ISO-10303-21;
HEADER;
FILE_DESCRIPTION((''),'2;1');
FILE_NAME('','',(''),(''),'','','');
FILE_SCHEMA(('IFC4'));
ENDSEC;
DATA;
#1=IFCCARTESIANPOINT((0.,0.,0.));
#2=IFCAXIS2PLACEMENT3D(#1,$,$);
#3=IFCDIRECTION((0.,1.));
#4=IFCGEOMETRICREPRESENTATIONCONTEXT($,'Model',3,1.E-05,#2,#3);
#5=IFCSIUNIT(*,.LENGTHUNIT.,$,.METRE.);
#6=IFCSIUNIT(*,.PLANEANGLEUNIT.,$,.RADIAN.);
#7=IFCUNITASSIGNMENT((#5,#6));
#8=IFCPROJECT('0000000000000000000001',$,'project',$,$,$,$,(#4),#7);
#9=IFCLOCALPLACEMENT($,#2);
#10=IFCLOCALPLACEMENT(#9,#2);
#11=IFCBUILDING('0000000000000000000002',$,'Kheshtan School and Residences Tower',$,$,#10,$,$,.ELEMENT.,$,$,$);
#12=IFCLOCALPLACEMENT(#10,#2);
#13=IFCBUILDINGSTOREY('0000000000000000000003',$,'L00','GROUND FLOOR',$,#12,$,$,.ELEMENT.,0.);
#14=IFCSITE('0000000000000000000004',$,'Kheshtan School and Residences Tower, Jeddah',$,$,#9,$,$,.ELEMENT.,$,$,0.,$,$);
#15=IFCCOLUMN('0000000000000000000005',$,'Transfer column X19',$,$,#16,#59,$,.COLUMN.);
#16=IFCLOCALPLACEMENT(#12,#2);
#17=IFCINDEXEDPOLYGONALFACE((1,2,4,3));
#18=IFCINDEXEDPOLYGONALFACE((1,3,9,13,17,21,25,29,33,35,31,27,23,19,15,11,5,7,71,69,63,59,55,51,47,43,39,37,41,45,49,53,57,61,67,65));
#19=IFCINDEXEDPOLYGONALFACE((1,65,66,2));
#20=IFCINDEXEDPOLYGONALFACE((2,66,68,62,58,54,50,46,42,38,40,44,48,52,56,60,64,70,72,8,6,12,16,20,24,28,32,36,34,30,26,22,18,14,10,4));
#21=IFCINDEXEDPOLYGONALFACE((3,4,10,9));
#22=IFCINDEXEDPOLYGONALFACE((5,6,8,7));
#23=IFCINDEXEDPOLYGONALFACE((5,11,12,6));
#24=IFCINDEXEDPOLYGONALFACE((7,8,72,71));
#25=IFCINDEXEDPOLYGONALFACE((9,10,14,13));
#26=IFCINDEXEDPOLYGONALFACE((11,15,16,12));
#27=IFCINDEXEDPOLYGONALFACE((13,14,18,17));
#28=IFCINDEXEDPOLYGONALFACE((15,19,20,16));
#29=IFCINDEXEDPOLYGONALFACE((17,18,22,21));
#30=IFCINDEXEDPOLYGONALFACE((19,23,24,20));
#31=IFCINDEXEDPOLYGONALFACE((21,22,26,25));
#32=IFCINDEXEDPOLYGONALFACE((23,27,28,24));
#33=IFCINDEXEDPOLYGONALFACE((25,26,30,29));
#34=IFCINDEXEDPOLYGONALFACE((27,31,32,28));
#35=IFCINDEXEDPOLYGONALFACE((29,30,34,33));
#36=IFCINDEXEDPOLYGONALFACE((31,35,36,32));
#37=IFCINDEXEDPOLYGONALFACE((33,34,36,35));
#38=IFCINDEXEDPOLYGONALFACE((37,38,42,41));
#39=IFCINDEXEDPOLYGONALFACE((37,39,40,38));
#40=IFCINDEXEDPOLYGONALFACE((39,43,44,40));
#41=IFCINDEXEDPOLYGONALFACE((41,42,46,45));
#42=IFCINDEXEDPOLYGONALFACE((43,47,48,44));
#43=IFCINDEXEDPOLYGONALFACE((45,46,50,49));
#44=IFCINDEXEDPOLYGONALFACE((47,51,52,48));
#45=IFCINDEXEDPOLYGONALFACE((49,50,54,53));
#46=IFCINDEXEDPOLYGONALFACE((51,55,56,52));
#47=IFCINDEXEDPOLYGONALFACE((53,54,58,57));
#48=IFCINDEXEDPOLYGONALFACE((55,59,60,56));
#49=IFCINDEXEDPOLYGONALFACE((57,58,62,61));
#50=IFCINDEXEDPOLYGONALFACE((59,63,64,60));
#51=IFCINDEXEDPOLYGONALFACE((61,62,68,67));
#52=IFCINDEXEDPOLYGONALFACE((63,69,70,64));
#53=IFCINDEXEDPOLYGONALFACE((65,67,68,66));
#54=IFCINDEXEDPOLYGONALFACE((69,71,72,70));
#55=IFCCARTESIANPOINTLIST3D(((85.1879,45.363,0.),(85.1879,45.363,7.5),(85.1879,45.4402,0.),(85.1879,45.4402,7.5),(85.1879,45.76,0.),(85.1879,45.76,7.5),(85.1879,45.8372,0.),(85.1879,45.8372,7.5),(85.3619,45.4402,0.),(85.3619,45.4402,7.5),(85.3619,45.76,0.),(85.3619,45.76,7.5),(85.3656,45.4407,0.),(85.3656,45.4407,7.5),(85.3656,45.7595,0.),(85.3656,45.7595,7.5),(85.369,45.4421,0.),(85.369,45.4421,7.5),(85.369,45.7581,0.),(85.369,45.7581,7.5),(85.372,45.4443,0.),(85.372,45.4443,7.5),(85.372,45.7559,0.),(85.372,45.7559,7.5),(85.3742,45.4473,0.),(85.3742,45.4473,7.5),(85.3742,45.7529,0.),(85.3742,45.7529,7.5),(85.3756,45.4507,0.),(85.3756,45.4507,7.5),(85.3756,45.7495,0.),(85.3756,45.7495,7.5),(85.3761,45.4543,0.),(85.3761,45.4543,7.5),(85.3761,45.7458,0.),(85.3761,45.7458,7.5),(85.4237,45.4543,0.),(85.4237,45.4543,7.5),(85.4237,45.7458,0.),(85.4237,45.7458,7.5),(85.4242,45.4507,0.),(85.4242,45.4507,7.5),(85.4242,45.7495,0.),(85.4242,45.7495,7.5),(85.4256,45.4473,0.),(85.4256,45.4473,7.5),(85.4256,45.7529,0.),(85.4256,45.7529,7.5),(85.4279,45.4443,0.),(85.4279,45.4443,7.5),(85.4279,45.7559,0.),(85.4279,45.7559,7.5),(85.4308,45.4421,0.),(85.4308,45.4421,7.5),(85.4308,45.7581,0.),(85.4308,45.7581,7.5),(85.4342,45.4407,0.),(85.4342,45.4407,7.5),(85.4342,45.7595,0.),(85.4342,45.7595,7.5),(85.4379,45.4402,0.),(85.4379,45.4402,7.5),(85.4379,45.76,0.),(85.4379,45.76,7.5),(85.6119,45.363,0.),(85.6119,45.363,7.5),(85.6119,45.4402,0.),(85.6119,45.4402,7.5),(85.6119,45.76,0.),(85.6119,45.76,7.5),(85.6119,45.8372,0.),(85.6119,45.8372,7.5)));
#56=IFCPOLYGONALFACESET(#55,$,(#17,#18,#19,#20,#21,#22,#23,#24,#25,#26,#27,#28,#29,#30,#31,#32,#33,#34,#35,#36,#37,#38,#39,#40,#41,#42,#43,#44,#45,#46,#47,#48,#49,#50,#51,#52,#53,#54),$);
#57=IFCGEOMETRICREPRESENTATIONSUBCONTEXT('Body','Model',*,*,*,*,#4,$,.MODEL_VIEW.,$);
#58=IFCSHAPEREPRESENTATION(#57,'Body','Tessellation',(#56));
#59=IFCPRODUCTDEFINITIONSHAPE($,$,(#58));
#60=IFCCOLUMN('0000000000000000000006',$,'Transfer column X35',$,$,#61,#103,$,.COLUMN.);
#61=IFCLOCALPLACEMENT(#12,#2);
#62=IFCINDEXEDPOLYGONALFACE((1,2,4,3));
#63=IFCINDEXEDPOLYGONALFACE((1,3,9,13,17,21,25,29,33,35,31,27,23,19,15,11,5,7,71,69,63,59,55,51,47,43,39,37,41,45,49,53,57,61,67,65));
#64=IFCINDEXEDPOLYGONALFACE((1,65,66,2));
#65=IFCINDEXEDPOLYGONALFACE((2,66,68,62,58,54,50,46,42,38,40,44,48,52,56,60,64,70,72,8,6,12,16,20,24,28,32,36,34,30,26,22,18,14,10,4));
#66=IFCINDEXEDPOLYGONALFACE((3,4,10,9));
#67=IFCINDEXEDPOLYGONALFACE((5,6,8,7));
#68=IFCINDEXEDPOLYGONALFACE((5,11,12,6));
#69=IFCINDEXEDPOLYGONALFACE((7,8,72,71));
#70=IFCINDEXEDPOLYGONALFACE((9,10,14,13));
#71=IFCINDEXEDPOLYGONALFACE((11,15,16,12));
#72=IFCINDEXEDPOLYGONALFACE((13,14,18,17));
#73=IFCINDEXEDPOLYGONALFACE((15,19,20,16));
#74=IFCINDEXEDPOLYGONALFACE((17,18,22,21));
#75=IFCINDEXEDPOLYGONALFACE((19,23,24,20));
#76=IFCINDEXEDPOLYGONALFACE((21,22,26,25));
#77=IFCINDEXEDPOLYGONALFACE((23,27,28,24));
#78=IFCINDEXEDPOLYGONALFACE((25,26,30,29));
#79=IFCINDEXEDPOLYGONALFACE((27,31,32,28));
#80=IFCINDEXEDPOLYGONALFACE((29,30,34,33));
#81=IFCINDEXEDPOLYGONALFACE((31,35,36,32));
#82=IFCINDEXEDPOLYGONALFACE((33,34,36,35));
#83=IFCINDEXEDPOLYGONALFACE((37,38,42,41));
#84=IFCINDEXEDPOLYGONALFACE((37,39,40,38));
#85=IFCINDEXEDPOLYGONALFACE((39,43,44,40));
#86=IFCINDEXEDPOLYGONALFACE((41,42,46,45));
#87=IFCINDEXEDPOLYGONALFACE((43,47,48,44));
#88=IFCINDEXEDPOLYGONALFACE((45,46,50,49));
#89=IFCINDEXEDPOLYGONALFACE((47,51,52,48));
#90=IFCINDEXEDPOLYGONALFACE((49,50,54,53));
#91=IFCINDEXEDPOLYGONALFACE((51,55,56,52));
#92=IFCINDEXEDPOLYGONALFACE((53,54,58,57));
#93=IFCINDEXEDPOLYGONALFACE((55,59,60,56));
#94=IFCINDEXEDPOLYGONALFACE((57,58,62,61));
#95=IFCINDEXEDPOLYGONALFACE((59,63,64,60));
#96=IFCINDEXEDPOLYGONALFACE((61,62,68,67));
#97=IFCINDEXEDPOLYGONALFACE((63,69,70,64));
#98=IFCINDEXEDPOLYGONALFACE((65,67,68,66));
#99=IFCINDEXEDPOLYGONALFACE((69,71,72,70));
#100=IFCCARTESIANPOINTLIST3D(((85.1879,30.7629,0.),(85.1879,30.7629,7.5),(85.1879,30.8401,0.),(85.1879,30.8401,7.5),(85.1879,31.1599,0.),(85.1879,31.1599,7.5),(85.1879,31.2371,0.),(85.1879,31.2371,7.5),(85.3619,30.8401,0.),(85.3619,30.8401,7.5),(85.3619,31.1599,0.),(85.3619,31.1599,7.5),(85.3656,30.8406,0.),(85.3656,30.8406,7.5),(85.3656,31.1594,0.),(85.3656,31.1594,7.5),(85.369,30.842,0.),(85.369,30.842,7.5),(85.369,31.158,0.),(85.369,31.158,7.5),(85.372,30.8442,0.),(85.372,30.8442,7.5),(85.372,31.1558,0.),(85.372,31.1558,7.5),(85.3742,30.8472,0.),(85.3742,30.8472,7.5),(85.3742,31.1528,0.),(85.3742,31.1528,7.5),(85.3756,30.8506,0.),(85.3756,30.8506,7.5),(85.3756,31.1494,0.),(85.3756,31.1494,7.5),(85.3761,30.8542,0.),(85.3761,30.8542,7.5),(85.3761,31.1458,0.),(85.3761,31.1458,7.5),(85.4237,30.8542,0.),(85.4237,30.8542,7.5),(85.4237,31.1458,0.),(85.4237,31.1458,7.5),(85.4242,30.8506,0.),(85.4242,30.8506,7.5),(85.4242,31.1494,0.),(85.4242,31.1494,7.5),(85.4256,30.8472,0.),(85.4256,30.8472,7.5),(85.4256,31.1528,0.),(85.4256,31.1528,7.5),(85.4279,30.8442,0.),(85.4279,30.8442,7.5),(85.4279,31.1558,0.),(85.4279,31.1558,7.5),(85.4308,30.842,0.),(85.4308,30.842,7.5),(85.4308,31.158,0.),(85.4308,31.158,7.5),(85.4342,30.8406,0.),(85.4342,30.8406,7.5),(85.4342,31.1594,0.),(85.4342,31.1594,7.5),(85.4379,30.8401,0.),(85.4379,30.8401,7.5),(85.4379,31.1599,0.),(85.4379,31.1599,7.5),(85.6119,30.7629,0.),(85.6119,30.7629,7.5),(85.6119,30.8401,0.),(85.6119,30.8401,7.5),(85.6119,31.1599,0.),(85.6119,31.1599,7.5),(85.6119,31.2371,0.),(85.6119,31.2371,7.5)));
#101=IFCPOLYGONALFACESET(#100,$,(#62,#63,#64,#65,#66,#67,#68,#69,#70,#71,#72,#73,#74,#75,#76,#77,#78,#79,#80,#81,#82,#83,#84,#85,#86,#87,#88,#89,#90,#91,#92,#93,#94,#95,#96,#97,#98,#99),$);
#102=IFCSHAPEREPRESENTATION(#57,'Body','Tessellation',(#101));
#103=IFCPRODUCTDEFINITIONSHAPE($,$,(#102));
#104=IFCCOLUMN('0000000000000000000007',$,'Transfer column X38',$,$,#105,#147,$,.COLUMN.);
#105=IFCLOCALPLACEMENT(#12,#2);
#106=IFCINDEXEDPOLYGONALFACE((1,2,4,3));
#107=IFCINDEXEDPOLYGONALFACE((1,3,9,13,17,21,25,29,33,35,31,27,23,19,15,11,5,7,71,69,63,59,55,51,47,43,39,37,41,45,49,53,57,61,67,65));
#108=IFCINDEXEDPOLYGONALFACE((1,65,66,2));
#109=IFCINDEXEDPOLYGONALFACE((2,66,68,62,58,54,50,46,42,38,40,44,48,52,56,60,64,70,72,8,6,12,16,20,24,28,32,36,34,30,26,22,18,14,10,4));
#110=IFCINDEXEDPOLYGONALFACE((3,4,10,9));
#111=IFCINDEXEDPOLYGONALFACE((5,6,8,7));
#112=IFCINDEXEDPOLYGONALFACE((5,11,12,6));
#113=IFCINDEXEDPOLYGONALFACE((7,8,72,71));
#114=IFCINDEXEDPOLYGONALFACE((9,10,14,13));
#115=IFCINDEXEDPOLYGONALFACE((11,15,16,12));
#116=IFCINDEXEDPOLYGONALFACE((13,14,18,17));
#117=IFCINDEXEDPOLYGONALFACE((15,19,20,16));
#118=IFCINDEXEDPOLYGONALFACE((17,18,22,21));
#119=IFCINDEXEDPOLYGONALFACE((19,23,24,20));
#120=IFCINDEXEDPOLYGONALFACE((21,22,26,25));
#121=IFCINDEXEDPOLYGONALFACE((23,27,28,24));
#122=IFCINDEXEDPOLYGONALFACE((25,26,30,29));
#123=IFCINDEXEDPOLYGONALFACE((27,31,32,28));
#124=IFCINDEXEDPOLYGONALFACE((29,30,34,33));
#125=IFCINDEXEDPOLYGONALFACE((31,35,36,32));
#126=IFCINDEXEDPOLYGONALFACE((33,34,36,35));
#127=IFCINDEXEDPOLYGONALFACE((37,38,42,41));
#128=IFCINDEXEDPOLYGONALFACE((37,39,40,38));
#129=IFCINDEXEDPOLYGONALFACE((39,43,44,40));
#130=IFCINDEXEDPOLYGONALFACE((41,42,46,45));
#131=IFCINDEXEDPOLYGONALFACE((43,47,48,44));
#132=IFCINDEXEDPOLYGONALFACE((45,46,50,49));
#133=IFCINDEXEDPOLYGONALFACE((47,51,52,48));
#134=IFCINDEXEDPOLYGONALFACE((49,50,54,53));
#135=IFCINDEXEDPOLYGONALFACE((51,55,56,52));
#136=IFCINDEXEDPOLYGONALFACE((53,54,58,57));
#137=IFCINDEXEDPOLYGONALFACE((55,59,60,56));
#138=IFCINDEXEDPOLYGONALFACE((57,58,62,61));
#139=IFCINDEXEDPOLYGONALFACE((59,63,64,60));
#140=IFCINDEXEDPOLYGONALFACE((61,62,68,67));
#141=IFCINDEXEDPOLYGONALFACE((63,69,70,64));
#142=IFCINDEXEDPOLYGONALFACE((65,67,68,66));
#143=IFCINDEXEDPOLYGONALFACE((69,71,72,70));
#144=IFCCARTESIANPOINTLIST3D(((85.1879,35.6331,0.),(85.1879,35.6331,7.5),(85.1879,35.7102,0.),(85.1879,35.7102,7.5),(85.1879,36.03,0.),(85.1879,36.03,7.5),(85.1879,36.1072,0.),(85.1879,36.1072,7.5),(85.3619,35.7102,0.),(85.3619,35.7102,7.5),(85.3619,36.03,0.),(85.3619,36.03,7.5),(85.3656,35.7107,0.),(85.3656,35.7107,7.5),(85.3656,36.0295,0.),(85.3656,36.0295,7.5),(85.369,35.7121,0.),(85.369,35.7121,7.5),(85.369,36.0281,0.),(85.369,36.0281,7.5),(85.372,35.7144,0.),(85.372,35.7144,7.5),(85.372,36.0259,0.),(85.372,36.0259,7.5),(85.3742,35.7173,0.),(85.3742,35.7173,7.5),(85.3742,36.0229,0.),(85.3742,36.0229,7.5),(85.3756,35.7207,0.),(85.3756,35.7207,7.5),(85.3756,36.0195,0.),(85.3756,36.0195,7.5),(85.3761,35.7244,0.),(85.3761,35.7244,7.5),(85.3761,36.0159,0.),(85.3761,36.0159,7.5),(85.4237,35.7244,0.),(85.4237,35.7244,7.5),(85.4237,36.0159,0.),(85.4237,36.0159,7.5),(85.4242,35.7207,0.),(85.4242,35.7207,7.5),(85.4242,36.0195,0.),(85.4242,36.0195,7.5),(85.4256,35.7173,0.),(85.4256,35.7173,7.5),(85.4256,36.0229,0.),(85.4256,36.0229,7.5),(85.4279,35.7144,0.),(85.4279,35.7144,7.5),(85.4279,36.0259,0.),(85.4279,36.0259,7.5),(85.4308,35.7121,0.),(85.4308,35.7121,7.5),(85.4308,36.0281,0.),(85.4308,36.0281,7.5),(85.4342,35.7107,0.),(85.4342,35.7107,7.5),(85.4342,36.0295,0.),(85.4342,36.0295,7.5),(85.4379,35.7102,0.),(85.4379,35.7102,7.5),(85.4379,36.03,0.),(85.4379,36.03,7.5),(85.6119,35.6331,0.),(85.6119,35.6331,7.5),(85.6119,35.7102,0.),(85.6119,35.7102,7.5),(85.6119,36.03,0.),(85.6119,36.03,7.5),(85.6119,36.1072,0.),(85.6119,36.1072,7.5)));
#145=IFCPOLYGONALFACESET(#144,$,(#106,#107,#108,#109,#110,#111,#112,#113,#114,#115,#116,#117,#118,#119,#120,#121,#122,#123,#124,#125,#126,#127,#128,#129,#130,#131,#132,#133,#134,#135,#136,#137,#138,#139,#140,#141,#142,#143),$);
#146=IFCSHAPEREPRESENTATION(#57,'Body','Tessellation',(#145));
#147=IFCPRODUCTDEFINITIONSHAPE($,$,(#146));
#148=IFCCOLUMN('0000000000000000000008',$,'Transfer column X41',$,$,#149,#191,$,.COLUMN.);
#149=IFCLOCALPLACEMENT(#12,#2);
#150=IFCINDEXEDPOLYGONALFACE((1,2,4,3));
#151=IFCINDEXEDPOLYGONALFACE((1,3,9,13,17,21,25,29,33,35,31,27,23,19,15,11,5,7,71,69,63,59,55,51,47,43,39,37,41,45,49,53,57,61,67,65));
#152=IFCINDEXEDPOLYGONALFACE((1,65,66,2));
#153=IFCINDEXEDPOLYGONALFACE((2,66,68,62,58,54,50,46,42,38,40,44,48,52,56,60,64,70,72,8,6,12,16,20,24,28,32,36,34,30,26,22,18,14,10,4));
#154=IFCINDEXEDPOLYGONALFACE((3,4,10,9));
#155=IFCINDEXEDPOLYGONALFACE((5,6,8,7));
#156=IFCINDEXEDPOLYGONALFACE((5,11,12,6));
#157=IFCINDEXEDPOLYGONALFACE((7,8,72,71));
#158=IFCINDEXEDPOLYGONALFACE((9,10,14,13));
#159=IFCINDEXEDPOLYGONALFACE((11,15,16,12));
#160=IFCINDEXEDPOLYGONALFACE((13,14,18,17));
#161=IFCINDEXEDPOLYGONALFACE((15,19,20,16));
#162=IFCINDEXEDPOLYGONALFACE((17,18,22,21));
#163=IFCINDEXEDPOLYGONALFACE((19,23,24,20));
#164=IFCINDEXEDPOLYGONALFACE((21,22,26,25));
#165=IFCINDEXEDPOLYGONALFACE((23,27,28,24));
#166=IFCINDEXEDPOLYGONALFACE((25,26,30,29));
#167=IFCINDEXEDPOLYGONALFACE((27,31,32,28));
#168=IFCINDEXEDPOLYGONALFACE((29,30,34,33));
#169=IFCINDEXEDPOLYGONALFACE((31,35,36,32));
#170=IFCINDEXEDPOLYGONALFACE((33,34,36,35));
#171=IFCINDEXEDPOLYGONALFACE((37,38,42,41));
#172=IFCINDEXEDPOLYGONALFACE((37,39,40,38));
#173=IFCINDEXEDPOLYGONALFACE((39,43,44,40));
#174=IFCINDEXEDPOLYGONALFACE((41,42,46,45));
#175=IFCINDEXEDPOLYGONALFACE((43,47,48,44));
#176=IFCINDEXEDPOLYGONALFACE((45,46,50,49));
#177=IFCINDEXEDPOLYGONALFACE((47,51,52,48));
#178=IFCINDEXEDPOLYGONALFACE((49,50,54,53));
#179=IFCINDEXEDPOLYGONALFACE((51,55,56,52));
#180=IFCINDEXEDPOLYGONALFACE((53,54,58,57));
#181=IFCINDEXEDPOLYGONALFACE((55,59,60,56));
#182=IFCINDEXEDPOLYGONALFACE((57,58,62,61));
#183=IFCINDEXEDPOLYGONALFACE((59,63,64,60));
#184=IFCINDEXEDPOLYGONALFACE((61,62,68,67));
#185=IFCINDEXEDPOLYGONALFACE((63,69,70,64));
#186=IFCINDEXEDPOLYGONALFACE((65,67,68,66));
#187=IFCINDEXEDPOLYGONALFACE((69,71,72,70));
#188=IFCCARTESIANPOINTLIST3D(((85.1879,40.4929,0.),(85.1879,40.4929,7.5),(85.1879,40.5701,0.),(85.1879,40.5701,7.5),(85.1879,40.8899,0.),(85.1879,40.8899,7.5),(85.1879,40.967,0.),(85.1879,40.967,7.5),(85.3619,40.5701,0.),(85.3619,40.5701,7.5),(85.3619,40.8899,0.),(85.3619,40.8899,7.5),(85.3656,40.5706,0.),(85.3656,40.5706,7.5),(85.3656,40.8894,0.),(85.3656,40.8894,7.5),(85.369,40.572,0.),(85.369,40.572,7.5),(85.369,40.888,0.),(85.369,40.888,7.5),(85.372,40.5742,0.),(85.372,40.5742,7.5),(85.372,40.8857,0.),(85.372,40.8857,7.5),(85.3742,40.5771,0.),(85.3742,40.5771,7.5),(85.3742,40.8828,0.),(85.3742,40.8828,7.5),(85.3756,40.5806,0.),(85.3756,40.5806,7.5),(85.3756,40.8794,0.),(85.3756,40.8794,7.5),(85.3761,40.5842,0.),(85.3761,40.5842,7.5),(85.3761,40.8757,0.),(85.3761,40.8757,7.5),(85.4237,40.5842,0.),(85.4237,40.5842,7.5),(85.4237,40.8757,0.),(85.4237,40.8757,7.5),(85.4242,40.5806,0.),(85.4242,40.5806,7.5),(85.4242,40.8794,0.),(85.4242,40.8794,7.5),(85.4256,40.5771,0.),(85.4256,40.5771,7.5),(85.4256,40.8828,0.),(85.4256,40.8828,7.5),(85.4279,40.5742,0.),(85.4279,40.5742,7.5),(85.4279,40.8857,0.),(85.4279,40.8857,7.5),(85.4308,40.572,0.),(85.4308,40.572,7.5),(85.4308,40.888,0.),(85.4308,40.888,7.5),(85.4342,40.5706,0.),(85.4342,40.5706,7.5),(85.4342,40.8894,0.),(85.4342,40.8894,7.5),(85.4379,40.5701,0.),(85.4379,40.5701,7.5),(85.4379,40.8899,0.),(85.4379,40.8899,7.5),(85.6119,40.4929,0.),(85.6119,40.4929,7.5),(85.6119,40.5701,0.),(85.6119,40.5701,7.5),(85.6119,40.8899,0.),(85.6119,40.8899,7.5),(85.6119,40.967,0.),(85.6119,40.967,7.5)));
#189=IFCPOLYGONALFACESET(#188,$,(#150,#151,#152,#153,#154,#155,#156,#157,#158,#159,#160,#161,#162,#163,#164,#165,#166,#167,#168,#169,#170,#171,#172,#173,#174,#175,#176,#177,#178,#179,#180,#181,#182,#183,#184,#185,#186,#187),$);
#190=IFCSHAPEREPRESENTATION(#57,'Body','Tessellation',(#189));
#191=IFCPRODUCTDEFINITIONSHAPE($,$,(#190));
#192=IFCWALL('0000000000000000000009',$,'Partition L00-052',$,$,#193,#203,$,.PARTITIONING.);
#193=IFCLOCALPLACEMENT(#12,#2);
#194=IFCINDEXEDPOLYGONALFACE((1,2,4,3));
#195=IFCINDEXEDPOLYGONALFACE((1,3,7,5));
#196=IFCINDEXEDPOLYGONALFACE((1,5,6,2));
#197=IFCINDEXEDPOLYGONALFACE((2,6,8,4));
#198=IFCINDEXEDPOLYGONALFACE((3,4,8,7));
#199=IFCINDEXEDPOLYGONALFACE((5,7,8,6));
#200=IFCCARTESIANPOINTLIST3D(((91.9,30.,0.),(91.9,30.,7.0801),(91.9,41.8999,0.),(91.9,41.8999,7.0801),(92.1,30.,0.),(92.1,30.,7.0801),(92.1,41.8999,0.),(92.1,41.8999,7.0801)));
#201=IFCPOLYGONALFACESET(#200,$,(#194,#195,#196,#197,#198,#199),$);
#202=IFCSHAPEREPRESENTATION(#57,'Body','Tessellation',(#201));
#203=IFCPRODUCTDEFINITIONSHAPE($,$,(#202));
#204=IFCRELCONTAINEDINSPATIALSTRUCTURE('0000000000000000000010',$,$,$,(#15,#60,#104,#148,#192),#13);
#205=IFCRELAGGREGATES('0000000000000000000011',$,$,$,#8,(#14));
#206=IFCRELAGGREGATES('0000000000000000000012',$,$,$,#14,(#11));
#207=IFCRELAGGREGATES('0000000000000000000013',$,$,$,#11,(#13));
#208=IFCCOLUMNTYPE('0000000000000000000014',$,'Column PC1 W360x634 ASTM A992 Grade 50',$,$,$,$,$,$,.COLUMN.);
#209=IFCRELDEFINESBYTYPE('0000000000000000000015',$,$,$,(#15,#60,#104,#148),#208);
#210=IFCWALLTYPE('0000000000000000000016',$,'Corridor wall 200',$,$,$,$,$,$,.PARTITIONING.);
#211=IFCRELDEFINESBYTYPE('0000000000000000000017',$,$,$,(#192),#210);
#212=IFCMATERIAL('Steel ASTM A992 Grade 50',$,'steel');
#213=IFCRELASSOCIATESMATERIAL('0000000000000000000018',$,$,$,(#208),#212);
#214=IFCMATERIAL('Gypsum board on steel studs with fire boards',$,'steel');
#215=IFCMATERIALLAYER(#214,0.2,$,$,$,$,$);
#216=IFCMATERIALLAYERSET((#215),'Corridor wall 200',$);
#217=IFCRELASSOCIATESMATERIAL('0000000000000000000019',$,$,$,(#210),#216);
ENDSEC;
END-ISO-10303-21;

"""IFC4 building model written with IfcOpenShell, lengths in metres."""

from ifc_helpers import new_model, si_unit, direction, frame, frame_2d, origin, origin_2d, place, context, subcontext, project, spatial, rectangle, i_section, extrude, material, layer, layer_set, material_profile, profile_set, type_object, element, save


model = new_model("IFC4")

# Units and contexts
model_context = context("Model", 3, precision=1e-05, world=origin(), true_north=direction((0.0, 1.0)))
body_context = subcontext(model_context, "Body", "Model", "MODEL_VIEW")
ifc_project = project(units=[si_unit("LENGTHUNIT", "METRE"), si_unit("PLANEANGLEUNIT", "RADIAN")], contexts=[model_context])

# Site, building, storey
site_placement = place(None, origin())
site = spatial("IfcSite", under=ifc_project, at=site_placement, Name="Kheshtan School and Residences Tower, Jeddah", CompositionType="ELEMENT", RefElevation=0.0)
building_placement = place(site_placement, origin())
building = spatial("IfcBuilding", under=site, at=building_placement, Name="Kheshtan School and Residences Tower", CompositionType="ELEMENT")
storey_placement = place(building_placement, origin())
storey = spatial("IfcBuildingStorey", under=building, at=storey_placement, Name="L00", Description="GROUND FLOOR", CompositionType="ELEMENT", Elevation=0.0)

# Columns
ifc_material_1 = material(Name="Steel ASTM A992 Grade 50", Category="steel")
ifc_material_profile = material_profile(ifc_material_1, i_section(OverallWidth=0.4241, OverallDepth=0.4741, WebThickness=0.0476, FlangeThickness=0.0771, FilletRadius=0.0142, at=origin_2d()), Name="W360x634")
ifc_profile_set = profile_set([ifc_material_profile], Name="Steel ASTM A992 Grade 50")
column_type = type_object("IfcColumnType", Name="Column PC1 W360x634 ASTM A992 Grade 50", PredefinedType="COLUMN", material=ifc_profile_set)
for number, where, z_axis, x_axis, name in (
    (1, (85.3999, 45.6001, 0.0), (0.0, 0.0, 1.0), (1.0, 0.0, 0.0), "Transfer column X19"),
    (2, (85.3999, 31.0, 0.0), (0.0, 0.0, 1.0), (1.0, 0.0, 0.0), "Transfer column X35"),
    (3, (85.3999, 35.8701, 0.0), (0.0, 0.0, 1.0), (1.0, 0.0, 0.0), "Transfer column X38"),
    (4, (85.3999, 40.73, 0.0), (0.0, 0.0, 1.0), (1.0, 0.0, 0.0), "Transfer column X41"),
):
    element("IfcColumn", number, at=place(storey_placement, frame(where, z_axis=z_axis, x_axis=x_axis)), inside=storey, type_object=column_type, Name=name, PredefinedType="COLUMN", context=body_context, shape_type="SweptSolid", body=[
        extrude(i_section(OverallWidth=0.4241, OverallDepth=0.4741, WebThickness=0.0476, FlangeThickness=0.0771, FilletRadius=0.0142, at=origin_2d()), origin(), (0.0, 0.0, 1.0), 7.5),
    ])

# Wall
ifc_material_2 = material(Name="Gypsum board on steel studs with fire boards", Category="steel")
ifc_layer_1 = layer(ifc_material_2, 0.2)
ifc_layer_set_1 = layer_set([ifc_layer_1], Name="Corridor wall 200")
wall_type_1 = type_object("IfcWallType", Name="Corridor wall 200", PredefinedType="PARTITIONING", material=ifc_layer_set_1)
wall_1_placement = place(storey_placement, frame((92.0, 30.0, 0.0), z_axis=(0.0, 0.0, 1.0), x_axis=(0.0, 1.0, 0.0)))
element("IfcWall", 5, at=wall_1_placement, inside=storey, type_object=wall_type_1, Name="Partition L00-052", PredefinedType="PARTITIONING", context=body_context, shape_type="SweptSolid", body=[
    extrude(rectangle(XDim=11.8999, YDim=0.2, at=frame_2d((5.95, 0.0))), origin(), (0.0, 0.0, 1.0), 7.0801),
])

save(model, "model.ifc")
